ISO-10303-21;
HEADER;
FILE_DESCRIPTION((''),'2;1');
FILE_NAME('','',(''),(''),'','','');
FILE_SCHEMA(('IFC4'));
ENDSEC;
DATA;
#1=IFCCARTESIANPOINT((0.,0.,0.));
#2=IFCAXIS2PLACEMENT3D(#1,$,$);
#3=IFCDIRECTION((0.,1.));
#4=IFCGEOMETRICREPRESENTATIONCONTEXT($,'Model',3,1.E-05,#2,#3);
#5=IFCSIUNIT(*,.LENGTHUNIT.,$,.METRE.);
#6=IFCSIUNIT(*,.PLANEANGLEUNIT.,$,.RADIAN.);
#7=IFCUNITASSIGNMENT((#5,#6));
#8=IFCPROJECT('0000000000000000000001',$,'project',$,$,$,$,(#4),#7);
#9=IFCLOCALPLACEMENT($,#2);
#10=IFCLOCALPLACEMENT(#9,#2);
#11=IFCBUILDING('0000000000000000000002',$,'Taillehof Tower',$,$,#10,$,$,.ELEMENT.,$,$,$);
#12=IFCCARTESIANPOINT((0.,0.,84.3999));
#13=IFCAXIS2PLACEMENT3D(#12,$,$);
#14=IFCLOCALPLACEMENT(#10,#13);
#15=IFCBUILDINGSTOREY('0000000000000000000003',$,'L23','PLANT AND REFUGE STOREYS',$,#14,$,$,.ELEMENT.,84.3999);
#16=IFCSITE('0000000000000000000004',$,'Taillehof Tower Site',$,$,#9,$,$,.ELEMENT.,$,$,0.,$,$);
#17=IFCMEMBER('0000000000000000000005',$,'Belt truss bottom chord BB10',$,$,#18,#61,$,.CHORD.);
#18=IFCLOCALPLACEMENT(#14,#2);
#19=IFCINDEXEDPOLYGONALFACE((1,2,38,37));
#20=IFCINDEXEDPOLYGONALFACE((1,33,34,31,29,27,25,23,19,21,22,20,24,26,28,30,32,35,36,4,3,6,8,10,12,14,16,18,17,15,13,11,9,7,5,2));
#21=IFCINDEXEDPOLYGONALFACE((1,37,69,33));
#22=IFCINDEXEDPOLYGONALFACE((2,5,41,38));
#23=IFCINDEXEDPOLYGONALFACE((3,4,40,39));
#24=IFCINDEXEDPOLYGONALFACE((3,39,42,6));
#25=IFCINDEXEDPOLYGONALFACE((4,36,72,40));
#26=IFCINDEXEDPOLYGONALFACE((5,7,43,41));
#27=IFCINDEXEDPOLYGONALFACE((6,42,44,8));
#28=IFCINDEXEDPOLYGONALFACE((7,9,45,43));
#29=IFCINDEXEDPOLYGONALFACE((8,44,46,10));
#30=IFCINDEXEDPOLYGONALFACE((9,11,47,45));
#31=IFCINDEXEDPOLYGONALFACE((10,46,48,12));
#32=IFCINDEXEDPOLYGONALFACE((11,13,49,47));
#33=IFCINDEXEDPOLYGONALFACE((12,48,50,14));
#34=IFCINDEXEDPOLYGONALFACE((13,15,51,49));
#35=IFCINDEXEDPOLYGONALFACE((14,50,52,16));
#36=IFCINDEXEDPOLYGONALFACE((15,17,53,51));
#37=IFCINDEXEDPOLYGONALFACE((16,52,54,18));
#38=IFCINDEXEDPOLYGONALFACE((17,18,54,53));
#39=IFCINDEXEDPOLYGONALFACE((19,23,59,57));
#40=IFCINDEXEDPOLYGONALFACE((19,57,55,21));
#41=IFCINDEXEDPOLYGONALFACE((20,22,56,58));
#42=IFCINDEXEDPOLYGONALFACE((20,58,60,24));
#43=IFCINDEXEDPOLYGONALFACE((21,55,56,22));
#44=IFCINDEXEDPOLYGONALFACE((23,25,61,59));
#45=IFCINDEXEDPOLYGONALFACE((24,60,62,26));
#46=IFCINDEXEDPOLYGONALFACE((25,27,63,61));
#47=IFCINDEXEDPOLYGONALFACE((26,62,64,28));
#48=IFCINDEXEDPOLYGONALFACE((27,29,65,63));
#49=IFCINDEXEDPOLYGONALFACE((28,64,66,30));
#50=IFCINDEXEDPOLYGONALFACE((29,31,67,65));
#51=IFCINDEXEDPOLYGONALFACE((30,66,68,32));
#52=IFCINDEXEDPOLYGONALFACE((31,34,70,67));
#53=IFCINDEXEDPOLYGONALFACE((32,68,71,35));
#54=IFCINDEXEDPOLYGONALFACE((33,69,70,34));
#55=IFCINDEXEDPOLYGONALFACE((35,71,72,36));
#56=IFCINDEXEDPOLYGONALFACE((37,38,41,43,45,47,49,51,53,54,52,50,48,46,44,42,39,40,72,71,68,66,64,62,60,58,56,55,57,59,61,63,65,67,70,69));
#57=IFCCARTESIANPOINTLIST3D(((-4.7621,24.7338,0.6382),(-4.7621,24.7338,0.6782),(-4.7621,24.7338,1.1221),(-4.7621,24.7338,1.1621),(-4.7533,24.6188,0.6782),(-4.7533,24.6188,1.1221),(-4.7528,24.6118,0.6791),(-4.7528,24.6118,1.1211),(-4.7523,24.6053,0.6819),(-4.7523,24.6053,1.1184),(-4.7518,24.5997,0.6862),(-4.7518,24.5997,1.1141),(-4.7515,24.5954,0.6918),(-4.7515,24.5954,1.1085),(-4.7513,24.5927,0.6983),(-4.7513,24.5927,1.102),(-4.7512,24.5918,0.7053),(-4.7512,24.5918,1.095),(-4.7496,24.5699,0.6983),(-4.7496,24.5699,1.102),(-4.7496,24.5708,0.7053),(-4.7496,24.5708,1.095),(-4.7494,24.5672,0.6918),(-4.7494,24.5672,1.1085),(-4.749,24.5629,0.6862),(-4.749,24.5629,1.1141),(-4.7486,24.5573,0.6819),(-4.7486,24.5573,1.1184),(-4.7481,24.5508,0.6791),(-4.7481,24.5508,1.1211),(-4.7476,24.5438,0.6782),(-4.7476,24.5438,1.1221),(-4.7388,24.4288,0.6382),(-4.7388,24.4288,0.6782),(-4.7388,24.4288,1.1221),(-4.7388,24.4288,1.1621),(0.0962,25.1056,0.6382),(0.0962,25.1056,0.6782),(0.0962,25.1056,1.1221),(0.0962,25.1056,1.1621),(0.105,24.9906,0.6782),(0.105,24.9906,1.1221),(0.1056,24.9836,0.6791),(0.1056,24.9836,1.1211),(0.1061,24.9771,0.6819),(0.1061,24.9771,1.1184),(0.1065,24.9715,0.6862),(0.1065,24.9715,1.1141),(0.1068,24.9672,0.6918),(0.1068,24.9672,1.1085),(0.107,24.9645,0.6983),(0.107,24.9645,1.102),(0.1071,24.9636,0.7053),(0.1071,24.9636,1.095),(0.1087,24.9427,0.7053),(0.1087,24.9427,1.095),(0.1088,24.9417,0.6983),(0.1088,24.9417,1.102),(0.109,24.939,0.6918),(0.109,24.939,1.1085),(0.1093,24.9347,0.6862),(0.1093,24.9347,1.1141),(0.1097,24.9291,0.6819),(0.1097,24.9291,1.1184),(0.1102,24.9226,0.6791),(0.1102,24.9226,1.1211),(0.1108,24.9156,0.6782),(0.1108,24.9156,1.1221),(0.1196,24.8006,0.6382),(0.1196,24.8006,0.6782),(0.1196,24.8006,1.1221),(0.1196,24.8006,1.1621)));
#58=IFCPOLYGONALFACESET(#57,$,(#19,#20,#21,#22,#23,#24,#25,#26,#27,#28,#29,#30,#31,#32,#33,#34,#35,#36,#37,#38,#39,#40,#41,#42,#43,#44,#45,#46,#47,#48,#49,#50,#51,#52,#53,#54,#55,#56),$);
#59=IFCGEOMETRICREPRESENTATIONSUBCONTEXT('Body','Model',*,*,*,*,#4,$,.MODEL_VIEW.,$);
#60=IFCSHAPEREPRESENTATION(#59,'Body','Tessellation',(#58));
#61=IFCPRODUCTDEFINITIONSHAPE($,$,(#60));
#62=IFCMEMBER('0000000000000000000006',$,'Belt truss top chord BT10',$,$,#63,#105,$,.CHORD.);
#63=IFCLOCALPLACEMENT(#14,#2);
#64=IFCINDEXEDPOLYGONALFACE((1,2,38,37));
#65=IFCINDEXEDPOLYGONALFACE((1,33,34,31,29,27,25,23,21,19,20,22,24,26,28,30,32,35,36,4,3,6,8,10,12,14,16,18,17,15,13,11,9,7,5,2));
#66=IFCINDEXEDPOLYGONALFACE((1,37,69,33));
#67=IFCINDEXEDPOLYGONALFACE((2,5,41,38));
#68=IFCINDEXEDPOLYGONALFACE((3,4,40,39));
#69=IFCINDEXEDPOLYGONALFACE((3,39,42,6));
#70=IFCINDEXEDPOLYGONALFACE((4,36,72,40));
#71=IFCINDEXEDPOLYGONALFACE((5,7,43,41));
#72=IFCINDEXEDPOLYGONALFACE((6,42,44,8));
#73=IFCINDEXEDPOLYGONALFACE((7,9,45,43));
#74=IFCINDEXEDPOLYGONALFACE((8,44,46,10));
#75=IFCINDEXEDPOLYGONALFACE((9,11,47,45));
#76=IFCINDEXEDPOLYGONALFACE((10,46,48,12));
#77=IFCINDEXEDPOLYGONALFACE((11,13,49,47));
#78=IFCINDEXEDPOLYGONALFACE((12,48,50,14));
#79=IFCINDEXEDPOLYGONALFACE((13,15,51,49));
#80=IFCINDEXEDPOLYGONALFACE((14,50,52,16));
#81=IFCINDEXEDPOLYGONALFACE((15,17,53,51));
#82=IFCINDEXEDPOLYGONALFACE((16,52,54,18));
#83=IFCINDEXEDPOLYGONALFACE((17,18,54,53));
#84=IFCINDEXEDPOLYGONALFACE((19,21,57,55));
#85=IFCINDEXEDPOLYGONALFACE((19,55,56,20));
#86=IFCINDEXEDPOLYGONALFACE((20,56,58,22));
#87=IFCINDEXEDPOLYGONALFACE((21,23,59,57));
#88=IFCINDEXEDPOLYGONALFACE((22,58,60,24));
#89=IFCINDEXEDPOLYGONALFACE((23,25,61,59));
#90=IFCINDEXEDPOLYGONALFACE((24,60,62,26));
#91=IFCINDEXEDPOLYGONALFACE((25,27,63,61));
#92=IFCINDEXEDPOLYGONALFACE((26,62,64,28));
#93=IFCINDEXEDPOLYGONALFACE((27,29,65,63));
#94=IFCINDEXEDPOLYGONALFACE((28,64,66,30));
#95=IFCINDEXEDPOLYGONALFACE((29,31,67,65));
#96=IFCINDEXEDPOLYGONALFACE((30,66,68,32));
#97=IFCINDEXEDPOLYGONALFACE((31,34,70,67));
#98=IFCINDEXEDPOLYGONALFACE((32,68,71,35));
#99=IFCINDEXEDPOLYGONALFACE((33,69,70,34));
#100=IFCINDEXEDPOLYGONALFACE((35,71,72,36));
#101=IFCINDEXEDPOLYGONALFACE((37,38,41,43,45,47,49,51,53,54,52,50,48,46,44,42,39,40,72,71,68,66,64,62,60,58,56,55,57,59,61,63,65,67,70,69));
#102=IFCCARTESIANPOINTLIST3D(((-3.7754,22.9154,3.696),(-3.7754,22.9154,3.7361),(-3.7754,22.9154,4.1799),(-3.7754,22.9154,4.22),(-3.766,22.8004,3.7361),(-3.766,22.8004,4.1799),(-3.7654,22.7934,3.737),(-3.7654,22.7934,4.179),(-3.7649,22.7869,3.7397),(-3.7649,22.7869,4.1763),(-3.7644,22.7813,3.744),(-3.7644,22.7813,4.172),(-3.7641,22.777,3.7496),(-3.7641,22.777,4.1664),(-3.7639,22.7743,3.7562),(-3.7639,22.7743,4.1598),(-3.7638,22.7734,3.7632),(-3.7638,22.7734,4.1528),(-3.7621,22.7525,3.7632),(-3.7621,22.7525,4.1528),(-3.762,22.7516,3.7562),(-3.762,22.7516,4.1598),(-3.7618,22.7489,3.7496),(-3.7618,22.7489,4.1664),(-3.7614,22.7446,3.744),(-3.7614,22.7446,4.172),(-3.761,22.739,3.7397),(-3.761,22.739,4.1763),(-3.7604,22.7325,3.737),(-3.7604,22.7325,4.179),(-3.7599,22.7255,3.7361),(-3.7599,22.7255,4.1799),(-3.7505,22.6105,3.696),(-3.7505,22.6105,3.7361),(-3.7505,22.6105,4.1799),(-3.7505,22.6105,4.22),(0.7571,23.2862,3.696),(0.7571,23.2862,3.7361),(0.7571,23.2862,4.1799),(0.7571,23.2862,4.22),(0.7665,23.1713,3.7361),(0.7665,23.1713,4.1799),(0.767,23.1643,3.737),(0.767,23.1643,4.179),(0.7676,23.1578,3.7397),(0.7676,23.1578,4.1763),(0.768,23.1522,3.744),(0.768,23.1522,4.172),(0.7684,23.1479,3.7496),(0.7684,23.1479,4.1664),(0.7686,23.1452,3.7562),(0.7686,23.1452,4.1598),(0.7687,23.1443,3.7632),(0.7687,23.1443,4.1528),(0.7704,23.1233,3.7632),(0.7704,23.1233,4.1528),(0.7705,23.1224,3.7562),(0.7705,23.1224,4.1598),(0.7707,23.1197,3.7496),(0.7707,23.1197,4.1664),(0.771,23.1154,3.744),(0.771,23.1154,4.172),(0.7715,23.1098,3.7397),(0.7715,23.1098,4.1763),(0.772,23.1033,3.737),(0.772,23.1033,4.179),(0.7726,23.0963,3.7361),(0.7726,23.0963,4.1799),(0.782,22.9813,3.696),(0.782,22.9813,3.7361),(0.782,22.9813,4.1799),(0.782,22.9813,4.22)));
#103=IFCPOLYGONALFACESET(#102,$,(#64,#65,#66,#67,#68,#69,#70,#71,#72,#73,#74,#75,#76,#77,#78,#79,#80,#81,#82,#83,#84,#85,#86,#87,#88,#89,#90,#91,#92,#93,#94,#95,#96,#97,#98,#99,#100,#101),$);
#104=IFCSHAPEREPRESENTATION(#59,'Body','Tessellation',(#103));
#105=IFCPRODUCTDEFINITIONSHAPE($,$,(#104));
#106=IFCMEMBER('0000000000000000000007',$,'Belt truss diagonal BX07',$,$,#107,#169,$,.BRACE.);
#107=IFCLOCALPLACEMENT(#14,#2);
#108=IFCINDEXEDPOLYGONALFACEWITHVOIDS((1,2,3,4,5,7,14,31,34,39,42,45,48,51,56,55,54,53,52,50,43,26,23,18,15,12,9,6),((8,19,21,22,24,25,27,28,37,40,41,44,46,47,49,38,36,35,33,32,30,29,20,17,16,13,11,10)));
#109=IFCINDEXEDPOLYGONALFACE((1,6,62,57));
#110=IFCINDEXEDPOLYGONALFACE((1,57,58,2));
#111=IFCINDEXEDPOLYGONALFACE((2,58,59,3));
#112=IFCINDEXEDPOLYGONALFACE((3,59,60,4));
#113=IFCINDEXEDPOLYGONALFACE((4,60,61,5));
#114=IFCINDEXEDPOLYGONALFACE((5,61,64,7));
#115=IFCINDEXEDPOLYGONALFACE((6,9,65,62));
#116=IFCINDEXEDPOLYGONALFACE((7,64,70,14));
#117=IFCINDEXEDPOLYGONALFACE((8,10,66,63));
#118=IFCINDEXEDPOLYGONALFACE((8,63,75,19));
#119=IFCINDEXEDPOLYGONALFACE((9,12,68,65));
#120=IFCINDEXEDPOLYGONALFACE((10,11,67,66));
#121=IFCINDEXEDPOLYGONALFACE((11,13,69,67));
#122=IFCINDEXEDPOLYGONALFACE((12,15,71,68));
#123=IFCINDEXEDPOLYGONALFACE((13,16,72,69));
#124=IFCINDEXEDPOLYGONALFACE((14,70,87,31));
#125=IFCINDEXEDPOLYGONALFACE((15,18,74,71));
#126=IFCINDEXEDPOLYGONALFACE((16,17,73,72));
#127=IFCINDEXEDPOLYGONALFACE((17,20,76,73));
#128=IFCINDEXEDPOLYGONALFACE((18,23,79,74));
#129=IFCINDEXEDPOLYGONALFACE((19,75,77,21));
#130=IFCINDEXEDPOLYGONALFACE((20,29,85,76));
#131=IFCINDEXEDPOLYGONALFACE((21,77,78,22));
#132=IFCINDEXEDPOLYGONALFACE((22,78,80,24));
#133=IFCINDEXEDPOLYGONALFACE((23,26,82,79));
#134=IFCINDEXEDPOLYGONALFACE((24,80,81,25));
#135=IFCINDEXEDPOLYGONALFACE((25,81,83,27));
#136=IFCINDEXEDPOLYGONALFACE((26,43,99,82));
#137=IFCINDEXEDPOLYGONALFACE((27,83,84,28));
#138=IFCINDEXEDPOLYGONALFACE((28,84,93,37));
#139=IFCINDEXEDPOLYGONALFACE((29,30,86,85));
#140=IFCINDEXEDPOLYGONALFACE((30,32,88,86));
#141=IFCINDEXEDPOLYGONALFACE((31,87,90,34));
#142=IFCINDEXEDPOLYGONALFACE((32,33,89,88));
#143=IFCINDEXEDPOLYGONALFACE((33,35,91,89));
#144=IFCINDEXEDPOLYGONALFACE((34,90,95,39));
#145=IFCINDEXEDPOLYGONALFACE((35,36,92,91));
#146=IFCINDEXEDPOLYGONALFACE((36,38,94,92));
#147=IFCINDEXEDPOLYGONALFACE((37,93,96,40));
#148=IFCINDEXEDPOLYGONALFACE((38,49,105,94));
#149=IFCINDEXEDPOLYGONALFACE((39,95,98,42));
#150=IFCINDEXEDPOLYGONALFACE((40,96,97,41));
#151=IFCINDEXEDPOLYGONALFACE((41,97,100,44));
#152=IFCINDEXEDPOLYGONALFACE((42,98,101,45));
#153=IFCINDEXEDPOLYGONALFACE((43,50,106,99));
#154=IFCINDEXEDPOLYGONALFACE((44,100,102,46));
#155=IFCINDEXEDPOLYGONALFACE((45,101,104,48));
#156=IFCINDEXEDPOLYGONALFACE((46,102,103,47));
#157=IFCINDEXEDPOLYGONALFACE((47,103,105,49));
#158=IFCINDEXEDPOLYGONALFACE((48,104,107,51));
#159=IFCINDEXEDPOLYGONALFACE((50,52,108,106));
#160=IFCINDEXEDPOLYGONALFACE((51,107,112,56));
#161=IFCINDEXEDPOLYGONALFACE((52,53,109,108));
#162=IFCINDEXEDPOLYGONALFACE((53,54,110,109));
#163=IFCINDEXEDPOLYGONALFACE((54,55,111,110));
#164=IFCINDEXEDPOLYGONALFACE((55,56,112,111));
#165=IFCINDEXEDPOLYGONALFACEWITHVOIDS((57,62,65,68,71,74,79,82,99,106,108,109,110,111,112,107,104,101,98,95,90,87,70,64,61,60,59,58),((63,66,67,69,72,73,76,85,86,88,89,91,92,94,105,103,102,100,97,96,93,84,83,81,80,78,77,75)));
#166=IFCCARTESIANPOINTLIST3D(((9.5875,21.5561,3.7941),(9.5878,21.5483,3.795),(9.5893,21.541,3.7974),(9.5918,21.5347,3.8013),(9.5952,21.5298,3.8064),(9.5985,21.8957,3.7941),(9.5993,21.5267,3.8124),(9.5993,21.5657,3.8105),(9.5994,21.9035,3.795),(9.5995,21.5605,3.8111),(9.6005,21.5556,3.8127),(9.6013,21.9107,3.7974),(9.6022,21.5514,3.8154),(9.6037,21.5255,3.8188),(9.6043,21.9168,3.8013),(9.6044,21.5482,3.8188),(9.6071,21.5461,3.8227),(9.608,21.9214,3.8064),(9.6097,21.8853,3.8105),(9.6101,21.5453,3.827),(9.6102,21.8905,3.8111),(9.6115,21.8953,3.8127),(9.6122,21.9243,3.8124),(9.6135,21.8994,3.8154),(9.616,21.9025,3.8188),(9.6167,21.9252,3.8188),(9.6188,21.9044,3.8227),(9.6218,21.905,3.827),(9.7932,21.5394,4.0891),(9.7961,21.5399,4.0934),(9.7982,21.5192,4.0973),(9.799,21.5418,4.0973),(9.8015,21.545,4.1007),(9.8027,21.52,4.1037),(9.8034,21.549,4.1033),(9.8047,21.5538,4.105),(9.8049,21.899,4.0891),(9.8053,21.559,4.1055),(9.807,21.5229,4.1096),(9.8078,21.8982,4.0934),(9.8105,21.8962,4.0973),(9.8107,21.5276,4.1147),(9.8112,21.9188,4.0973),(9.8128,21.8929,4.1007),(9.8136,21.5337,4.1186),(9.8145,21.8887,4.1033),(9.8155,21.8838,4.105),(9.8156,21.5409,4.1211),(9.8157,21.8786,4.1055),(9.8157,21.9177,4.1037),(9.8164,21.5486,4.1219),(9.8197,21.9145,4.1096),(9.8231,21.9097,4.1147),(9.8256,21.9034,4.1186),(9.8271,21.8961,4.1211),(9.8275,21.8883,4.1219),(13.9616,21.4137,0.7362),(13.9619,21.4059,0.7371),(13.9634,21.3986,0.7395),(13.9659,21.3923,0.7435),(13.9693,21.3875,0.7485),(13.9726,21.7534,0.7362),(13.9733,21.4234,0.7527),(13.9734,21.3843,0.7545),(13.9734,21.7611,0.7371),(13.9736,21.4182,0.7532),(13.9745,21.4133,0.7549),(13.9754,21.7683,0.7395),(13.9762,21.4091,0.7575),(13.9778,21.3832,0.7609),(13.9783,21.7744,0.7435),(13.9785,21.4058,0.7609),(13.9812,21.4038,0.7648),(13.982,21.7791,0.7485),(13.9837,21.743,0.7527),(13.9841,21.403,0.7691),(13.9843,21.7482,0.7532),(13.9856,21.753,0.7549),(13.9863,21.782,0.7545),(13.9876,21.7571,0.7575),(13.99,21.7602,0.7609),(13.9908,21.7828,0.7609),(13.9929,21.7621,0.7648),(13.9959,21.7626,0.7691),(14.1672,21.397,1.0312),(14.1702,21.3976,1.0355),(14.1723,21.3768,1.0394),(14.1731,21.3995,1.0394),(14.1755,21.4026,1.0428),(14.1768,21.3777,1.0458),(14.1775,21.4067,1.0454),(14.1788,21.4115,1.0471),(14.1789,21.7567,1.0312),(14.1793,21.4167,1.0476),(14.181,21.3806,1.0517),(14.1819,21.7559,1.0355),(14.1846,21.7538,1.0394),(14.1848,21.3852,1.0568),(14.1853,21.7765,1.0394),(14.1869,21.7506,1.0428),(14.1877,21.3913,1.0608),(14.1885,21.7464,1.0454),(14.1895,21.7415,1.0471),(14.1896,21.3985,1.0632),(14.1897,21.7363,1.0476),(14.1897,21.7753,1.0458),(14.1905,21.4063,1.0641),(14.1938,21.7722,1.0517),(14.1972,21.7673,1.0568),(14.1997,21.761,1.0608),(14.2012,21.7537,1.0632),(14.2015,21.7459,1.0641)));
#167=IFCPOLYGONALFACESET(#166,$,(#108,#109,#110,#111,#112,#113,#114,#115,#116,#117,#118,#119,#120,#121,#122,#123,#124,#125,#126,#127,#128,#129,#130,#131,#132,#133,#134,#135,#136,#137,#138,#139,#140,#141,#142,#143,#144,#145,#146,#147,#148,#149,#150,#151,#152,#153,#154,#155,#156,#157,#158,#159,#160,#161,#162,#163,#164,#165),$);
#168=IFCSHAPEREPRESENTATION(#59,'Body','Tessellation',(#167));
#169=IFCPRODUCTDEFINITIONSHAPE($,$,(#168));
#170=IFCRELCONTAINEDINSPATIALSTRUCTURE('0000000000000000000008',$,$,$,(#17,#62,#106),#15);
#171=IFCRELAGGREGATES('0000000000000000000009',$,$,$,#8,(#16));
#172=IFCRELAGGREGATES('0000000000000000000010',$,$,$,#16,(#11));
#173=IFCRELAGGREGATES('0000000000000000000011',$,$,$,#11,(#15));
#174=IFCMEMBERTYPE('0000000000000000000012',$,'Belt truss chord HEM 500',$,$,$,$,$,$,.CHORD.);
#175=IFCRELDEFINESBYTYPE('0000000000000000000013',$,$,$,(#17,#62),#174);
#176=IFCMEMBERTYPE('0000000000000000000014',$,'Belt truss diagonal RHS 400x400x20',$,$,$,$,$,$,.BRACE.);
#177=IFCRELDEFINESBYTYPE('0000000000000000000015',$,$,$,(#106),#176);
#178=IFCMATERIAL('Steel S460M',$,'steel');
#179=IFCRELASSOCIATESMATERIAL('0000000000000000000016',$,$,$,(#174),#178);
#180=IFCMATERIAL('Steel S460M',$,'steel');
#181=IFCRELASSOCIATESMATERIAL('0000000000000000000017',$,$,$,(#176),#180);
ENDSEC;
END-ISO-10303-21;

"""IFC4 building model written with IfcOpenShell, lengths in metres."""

from ifc_helpers import new_model, si_unit, direction, frame, origin, origin_2d, place, context, subcontext, project, spatial, hollow_rectangle, i_section, extrude, material, material_profile, profile_set, type_object, element, save


model = new_model("IFC4")

# Units and contexts
model_context = context("Model", 3, precision=1e-05, world=origin(), true_north=direction((0.0, 1.0)))
body_context = subcontext(model_context, "Body", "Model", "MODEL_VIEW")
ifc_project = project(units=[si_unit("LENGTHUNIT", "METRE"), si_unit("PLANEANGLEUNIT", "RADIAN")], contexts=[model_context])

# Site, building, storey
site_placement = place(None, origin())
site = spatial("IfcSite", under=ifc_project, at=site_placement, Name="Taillehof Tower Site", CompositionType="ELEMENT", RefElevation=0.0)
building_placement = place(site_placement, origin())
building = spatial("IfcBuilding", under=site, at=building_placement, Name="Taillehof Tower", CompositionType="ELEMENT")
storey_placement = place(building_placement, frame((0.0, 0.0, 84.3999)))
storey = spatial("IfcBuildingStorey", under=building, at=storey_placement, Name="L23", Description="PLANT AND REFUGE STOREYS", CompositionType="ELEMENT", Elevation=84.3999)

# Members
ifc_material_1 = material(Name="Steel S460M", Category="steel")
ifc_material_profile_1 = material_profile(ifc_material_1, i_section(OverallWidth=0.3059, OverallDepth=0.5239, WebThickness=0.021, FlangeThickness=0.04, FilletRadius=0.0271, at=origin_2d()), Name="HEM 500")
ifc_profile_set_1 = profile_set([ifc_material_profile_1], Name="Steel S460M")
member_type_1 = type_object("IfcMemberType", Name="Belt truss chord HEM 500", PredefinedType="CHORD", material=ifc_profile_set_1)
member_1_placement = place(storey_placement, frame((0.1079, 24.9531, 0.9001), z_axis=(-0.997084, -0.07631, 0.0), x_axis=(0.07631, -0.997084, 0.0)))
element("IfcMember", 1, at=member_1_placement, inside=storey, type_object=member_type_1, Name="Belt truss bottom chord BB10", PredefinedType="CHORD", context=body_context, shape_type="SweptSolid", body=[
    extrude(i_section(OverallWidth=0.3059, OverallDepth=0.5239, WebThickness=0.021, FlangeThickness=0.04, FilletRadius=0.0271, at=origin_2d()), origin(), (0.0, 0.0, 1.0), 4.8726),
])
member_2_placement = place(storey_placement, frame((0.7695, 23.1338, 3.958), z_axis=(-0.996669, -0.081548, 0.0), x_axis=(0.081548, -0.996669, 0.0)))
element("IfcMember", 2, at=member_2_placement, inside=storey, type_object=member_type_1, Name="Belt truss top chord BT10", PredefinedType="CHORD", context=body_context, shape_type="SweptSolid", body=[
    extrude(i_section(OverallWidth=0.3059, OverallDepth=0.5239, WebThickness=0.021, FlangeThickness=0.04, FilletRadius=0.0271, at=origin_2d()), origin(), (0.0, 0.0, 1.0), 4.5476),
])
ifc_material_2 = material(Name="Steel S460M", Category="steel")
ifc_material_profile_2 = material_profile(ifc_material_2, hollow_rectangle(XDim=0.3999, YDim=0.3999, WallThickness=0.02, InnerFilletRadius=0.02, OuterFilletRadius=0.03, at=origin_2d()), Name="RHS 400x400x20")
ifc_profile_set_2 = profile_set([ifc_material_profile_2], Name="Steel S460M")
member_type_2 = type_object("IfcMemberType", Name="Belt truss diagonal RHS 400x400x20", PredefinedType="BRACE", material=ifc_profile_set_2)
member_3_placement = place(storey_placement, frame((14.0815, 21.5798, 0.9001), z_axis=(-0.819289, 0.02666, 0.572761), x_axis=(-0.032524, -0.999471, 0.0)))
element("IfcMember", 3, at=member_3_placement, inside=storey, type_object=member_type_2, Name="Belt truss diagonal BX07", PredefinedType="BRACE", context=body_context, shape_type="SweptSolid", body=[
    extrude(hollow_rectangle(XDim=0.3999, YDim=0.3999, WallThickness=0.02, InnerFilletRadius=0.02, OuterFilletRadius=0.03, at=origin_2d()), origin(), (0.0, 0.0, 1.0), 5.3389),
])

save(model, "model.ifc")
